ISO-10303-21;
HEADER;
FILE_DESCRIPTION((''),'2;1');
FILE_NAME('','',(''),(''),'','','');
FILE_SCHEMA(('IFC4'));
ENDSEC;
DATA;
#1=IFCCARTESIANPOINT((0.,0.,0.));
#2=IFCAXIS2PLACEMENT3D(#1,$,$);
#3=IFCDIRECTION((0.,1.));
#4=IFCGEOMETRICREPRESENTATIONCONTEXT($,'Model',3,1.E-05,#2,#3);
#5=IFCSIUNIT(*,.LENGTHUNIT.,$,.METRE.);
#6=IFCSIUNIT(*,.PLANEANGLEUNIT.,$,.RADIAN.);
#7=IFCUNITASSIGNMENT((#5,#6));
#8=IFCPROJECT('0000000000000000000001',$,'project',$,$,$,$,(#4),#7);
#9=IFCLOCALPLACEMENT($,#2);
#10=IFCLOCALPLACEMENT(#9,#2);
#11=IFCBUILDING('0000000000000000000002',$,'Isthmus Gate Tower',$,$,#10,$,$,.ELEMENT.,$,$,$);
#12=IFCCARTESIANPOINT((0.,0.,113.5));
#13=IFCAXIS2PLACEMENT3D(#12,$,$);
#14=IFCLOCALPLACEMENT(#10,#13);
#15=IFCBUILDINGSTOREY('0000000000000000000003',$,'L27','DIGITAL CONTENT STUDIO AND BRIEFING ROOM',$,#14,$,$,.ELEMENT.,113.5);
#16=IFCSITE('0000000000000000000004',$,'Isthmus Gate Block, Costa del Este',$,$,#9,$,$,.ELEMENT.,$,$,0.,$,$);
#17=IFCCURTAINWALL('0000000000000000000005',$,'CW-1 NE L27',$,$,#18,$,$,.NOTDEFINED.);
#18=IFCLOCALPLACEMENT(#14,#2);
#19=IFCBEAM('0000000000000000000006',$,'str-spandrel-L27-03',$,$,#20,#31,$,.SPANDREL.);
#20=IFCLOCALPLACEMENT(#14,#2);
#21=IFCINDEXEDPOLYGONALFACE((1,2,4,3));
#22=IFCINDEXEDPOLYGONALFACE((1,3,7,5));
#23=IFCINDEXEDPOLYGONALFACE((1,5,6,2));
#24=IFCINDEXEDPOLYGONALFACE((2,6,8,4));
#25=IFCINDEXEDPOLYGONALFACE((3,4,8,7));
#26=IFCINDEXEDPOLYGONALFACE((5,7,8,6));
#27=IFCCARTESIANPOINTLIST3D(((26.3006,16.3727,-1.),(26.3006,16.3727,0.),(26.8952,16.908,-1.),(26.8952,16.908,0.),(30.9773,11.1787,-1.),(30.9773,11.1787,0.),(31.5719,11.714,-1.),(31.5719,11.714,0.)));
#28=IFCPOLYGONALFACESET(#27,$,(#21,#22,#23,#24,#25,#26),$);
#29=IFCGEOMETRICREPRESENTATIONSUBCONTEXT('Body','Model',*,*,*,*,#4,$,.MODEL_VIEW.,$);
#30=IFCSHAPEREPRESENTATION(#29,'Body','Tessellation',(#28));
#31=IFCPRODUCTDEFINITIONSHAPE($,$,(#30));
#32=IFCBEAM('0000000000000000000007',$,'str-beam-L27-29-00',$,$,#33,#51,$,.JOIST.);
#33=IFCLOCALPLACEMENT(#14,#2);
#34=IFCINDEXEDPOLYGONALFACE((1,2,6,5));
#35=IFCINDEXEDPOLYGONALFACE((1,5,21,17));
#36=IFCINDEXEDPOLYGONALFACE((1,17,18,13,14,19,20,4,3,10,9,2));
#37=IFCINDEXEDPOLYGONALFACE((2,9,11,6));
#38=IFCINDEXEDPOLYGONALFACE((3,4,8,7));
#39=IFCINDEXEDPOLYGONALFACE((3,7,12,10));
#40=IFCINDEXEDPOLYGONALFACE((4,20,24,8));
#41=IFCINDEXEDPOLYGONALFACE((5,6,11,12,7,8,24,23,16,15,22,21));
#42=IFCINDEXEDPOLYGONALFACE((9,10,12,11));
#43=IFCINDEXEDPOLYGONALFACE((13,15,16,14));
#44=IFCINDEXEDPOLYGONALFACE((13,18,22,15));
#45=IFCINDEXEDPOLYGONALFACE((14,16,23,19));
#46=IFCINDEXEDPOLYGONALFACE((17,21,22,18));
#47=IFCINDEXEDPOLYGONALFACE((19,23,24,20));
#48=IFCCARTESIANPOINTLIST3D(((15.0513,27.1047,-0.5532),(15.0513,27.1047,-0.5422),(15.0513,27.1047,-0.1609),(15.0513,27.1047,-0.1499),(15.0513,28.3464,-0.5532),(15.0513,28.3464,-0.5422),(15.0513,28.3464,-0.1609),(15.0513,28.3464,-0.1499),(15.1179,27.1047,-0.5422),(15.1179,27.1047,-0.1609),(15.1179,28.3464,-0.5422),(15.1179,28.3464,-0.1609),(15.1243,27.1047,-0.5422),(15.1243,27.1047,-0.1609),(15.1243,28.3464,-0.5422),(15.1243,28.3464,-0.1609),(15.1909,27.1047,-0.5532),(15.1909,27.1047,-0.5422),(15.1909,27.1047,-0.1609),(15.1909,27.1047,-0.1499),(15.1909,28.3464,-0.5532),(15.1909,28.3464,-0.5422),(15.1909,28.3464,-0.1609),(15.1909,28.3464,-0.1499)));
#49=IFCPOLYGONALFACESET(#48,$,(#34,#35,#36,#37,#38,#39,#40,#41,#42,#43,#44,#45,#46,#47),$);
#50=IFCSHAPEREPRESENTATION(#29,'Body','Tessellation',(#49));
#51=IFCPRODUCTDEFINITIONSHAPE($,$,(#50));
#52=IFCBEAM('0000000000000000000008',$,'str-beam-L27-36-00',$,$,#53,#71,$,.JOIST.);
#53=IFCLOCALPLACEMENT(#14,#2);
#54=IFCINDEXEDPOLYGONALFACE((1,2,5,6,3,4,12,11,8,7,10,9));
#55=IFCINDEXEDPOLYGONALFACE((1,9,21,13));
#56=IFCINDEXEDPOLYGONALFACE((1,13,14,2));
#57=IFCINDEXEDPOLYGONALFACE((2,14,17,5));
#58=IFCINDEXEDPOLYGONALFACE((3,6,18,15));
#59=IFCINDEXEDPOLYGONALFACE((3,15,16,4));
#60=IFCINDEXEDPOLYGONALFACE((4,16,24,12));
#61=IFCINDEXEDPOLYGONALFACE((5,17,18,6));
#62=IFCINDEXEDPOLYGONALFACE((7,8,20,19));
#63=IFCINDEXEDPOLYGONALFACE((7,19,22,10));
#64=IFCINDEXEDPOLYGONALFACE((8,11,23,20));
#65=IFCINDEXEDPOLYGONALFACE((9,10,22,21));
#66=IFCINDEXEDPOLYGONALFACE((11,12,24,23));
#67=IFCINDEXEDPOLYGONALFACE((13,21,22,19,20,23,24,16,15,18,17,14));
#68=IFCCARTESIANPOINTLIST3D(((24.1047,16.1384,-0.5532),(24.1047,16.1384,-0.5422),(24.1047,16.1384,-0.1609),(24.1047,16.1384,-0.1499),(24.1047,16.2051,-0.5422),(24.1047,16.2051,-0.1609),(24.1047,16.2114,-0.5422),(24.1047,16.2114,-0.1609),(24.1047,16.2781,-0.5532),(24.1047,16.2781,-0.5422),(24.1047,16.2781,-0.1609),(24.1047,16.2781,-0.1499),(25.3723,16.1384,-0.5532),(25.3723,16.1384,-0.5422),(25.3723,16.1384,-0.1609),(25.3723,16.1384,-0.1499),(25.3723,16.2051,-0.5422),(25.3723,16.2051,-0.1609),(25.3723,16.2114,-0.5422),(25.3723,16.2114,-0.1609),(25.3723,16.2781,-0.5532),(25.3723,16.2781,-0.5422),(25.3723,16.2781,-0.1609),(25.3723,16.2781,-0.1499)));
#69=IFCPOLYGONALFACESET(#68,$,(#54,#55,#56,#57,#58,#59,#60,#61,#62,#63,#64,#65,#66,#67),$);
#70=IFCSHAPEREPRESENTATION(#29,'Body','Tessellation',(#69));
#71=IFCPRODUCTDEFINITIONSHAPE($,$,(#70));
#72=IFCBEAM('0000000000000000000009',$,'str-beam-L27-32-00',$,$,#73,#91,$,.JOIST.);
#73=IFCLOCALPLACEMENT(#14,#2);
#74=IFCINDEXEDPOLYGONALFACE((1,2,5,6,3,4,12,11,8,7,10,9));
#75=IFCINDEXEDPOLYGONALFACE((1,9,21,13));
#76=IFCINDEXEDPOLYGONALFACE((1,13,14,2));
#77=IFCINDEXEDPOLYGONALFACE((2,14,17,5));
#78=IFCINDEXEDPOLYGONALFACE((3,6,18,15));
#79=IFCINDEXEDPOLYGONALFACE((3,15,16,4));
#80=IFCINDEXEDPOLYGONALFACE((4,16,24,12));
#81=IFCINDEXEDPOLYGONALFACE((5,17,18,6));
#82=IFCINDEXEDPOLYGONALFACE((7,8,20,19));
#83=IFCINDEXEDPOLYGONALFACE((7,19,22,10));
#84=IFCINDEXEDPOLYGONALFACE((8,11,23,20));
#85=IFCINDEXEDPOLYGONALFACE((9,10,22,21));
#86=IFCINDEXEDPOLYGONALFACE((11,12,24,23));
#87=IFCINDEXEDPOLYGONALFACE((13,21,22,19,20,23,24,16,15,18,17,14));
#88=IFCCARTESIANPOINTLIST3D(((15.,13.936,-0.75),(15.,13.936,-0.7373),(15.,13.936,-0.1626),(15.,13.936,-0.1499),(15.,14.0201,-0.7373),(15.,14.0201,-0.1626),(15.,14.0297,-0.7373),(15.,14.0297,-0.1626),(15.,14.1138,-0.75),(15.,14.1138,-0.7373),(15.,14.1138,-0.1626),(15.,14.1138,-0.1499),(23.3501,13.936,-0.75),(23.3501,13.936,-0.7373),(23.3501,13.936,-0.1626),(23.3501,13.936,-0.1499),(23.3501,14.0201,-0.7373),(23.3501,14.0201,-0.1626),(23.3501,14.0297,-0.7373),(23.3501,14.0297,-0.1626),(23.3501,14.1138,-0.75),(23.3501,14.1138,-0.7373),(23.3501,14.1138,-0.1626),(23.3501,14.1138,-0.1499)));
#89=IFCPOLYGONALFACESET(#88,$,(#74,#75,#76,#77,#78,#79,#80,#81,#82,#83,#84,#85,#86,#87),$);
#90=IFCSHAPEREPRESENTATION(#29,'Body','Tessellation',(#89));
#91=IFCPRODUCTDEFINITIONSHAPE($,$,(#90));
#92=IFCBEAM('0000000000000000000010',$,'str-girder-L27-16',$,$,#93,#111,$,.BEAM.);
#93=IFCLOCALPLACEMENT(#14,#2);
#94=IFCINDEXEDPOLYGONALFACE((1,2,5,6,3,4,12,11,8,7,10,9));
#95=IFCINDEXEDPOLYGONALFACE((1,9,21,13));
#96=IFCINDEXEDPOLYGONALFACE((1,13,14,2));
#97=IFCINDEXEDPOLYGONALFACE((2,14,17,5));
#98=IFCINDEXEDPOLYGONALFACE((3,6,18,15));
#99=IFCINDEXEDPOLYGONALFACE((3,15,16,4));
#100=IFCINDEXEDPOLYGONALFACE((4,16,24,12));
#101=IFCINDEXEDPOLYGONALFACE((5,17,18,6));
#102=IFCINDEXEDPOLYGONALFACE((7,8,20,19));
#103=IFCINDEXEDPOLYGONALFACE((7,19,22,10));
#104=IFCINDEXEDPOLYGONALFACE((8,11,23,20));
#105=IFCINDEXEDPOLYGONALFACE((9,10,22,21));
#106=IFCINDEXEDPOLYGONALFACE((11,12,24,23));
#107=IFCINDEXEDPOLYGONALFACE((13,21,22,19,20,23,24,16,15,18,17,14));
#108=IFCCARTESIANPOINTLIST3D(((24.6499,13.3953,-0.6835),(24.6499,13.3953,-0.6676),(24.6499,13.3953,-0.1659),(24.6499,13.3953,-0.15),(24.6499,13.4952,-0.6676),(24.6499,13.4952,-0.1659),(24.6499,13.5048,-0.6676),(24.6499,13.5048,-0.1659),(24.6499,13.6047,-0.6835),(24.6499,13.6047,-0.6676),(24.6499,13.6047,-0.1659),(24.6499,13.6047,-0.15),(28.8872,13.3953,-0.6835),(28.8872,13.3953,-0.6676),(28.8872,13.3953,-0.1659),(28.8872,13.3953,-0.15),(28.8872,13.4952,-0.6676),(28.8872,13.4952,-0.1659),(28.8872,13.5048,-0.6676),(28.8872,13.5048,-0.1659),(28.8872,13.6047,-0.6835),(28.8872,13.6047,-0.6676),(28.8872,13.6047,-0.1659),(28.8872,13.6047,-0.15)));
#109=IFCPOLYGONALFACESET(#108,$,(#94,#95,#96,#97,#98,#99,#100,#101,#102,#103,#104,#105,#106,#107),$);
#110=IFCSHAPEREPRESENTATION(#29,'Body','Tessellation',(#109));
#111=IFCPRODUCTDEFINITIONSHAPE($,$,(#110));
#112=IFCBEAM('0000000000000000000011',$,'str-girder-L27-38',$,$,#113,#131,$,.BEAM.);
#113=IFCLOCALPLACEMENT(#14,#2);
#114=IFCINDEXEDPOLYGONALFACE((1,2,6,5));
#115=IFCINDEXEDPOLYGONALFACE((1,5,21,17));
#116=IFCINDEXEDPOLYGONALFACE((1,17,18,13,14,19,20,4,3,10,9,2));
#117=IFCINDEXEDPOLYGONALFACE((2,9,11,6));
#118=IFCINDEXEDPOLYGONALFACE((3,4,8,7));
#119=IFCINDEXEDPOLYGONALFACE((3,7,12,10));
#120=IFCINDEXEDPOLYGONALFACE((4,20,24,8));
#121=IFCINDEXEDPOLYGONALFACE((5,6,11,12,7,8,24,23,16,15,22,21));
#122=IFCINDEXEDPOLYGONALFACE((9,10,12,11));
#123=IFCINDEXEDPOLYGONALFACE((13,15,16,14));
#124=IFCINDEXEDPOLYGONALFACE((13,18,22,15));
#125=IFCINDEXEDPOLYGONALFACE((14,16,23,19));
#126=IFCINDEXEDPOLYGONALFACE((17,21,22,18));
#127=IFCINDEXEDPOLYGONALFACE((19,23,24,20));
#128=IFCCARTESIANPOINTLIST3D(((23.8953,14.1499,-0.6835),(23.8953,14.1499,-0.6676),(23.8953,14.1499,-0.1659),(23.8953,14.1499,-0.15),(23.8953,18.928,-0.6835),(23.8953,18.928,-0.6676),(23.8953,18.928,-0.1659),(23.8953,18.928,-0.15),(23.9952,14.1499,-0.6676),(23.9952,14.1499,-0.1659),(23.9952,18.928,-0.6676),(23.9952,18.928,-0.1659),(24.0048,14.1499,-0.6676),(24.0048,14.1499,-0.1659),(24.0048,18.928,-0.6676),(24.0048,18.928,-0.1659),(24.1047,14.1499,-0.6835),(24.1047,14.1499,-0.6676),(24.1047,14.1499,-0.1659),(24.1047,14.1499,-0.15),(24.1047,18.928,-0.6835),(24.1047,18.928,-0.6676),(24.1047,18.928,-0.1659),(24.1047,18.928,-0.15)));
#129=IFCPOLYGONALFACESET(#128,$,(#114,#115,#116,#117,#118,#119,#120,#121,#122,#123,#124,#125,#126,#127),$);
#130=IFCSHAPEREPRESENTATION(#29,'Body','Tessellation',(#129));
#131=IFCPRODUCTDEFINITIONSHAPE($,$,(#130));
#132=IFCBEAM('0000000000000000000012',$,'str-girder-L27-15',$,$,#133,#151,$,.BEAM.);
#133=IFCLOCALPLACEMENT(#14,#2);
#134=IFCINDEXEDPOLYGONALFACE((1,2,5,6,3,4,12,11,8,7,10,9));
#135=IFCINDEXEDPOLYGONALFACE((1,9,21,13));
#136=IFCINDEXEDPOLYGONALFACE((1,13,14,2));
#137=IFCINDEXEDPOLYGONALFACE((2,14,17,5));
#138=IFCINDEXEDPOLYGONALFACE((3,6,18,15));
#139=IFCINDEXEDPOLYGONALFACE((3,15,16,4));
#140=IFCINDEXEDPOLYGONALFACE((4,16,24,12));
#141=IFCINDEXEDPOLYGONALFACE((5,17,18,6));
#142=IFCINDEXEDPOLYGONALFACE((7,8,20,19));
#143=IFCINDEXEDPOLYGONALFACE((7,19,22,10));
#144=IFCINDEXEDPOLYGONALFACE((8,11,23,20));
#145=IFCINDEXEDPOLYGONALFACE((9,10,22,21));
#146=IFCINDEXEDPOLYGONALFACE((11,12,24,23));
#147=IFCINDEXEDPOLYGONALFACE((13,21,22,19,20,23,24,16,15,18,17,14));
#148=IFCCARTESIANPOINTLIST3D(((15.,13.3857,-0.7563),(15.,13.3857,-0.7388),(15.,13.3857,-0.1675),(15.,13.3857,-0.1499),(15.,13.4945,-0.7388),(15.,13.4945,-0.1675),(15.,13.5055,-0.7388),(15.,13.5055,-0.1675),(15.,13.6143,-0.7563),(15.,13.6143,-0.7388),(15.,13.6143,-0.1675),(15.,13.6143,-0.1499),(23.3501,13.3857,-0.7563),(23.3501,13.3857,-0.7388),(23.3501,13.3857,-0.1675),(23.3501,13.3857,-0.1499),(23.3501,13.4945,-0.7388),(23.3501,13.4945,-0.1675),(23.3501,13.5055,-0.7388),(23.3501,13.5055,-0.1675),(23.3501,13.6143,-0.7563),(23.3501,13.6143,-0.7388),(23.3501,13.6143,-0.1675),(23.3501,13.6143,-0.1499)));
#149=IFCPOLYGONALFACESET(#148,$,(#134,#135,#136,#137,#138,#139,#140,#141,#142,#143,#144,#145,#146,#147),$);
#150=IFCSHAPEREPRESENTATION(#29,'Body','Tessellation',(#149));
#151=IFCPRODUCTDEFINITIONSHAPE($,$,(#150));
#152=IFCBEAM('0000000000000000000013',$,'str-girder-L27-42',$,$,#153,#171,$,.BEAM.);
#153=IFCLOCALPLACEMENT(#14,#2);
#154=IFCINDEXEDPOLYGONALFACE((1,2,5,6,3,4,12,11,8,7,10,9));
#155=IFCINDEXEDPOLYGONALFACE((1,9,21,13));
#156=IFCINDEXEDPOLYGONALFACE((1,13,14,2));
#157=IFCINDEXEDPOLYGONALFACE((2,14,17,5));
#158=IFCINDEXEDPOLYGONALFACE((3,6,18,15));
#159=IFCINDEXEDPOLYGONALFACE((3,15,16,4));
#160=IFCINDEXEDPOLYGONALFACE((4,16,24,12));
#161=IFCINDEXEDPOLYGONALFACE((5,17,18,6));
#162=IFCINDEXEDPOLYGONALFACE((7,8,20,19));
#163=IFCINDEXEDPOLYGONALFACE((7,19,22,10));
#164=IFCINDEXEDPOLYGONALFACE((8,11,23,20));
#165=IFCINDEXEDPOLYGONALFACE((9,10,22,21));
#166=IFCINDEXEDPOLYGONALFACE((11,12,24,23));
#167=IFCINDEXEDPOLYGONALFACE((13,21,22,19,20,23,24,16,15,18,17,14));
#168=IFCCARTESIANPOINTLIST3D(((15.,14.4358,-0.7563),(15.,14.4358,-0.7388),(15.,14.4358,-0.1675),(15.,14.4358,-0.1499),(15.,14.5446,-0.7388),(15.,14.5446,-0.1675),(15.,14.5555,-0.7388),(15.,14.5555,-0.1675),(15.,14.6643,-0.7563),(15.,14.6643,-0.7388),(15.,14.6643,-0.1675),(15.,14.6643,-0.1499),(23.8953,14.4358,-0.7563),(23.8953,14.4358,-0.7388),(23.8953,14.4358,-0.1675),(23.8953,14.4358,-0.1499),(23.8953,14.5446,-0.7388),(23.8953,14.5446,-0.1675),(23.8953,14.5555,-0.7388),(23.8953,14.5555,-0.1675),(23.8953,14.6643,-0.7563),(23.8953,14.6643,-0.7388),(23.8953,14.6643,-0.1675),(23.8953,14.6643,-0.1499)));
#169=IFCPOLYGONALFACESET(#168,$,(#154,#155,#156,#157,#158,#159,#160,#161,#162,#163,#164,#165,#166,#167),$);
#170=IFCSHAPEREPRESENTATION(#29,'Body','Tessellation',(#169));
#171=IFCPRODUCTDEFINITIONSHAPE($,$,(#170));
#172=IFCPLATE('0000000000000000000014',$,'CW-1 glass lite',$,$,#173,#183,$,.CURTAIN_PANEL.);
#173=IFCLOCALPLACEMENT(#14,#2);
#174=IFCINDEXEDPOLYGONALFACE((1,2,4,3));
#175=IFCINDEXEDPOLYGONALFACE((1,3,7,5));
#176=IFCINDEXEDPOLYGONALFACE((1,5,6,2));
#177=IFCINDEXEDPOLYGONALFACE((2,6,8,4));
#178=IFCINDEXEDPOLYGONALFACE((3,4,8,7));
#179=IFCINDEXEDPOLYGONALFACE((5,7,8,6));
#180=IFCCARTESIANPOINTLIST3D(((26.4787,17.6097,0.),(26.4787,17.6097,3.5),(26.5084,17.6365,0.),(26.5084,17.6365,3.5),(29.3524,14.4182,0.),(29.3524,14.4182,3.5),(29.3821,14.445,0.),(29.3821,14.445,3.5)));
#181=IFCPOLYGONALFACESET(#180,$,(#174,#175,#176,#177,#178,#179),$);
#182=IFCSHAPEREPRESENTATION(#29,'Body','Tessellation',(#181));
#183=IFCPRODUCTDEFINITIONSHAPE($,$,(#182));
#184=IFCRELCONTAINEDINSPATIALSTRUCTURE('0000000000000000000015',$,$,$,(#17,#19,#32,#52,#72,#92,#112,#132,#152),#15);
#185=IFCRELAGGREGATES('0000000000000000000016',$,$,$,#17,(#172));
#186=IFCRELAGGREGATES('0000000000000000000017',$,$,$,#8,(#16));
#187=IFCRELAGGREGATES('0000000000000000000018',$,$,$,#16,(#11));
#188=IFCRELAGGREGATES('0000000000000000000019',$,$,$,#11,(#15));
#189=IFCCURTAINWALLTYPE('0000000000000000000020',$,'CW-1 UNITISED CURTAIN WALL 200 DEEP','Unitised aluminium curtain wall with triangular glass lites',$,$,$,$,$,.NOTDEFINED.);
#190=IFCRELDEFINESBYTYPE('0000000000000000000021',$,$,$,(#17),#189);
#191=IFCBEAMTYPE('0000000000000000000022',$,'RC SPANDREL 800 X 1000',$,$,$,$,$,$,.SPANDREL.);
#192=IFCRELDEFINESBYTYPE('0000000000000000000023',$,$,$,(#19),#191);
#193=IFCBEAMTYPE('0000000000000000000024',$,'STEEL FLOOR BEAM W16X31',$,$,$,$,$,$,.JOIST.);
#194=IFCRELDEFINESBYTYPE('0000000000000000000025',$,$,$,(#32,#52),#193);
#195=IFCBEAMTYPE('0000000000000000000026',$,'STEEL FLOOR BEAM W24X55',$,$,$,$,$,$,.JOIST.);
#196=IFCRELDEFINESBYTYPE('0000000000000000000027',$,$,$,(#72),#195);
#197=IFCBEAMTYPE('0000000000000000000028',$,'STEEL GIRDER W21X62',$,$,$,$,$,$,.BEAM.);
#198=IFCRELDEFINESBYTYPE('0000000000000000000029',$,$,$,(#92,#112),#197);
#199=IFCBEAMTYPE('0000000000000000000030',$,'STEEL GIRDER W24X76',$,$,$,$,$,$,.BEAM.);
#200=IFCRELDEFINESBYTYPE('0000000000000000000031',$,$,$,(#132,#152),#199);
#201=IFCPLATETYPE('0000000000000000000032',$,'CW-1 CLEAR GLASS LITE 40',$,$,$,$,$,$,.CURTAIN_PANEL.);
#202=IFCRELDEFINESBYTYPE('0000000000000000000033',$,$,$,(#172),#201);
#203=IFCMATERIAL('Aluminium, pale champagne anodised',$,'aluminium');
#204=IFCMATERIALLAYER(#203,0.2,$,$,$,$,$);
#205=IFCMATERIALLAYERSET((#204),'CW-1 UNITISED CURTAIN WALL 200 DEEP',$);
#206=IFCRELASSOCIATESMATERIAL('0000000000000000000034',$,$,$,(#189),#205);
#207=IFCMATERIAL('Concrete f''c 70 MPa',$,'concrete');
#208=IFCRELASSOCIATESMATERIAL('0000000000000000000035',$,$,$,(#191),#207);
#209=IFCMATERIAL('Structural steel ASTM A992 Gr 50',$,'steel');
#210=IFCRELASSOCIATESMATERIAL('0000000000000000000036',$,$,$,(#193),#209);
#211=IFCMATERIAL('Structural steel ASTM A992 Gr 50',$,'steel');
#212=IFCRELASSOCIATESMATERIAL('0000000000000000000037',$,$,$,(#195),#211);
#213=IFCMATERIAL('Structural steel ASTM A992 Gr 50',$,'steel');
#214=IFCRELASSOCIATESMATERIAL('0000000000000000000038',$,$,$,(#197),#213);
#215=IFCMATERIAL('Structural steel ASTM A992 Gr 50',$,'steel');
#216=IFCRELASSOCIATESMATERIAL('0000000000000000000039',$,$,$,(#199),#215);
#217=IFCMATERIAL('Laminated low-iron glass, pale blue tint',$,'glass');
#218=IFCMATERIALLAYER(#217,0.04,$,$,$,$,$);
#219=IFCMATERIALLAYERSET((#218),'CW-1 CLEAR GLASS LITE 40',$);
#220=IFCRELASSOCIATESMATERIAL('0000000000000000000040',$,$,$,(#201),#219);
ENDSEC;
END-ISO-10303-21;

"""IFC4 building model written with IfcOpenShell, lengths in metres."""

from ifc_helpers import new_model, si_unit, direction, frame, origin, origin_2d, place, context, subcontext, project, spatial, rectangle, i_section, extrude, material, layer, layer_set, material_profile, profile_set, type_object, element, aggregate, save


model = new_model("IFC4")

# Units and contexts
model_context = context("Model", 3, precision=1e-05, world=origin(), true_north=direction((0.0, 1.0)))
body_context = subcontext(model_context, "Body", "Model", "MODEL_VIEW")
ifc_project = project(units=[si_unit("LENGTHUNIT", "METRE"), si_unit("PLANEANGLEUNIT", "RADIAN")], contexts=[model_context])

# Site, building, storey
site_placement = place(None, origin())
site = spatial("IfcSite", under=ifc_project, at=site_placement, Name="Isthmus Gate Block, Costa del Este", CompositionType="ELEMENT", RefElevation=0.0)
building_placement = place(site_placement, origin())
building = spatial("IfcBuilding", under=site, at=building_placement, Name="Isthmus Gate Tower", CompositionType="ELEMENT")
storey_placement = place(building_placement, frame((0.0, 0.0, 113.5)))
storey = spatial("IfcBuildingStorey", under=building, at=storey_placement, Name="L27", Description="DIGITAL CONTENT STUDIO AND BRIEFING ROOM", CompositionType="ELEMENT", Elevation=113.5)

# Curtain wall
ifc_material_1 = material(Name="Aluminium, pale champagne anodised", Category="aluminium")
ifc_layer_1 = layer(ifc_material_1, 0.2)
ifc_layer_set_1 = layer_set([ifc_layer_1], Name="CW-1 UNITISED CURTAIN WALL 200 DEEP")
curtain_wall_type = type_object("IfcCurtainWallType", Name="CW-1 UNITISED CURTAIN WALL 200 DEEP", Description="Unitised aluminium curtain wall with triangular glass lites", PredefinedType="NOTDEFINED", material=ifc_layer_set_1)
curtain_wall_placement = place(storey_placement, origin())
curtain_wall = element("IfcCurtainWall", 1, at=curtain_wall_placement, inside=storey, type_object=curtain_wall_type, Name="CW-1 NE L27", PredefinedType="NOTDEFINED")

# Beams
ifc_material_2 = material(Name="Concrete f'c 70 MPa", Category="concrete")
ifc_material_profile_1 = material_profile(ifc_material_2, rectangle(XDim=0.8, YDim=1.0, at=origin_2d()), Name="RC 800X1000")
ifc_profile_set_1 = profile_set([ifc_material_profile_1], Name="Concrete f'c 70 MPa")
beam_type_1 = type_object("IfcBeamType", Name="RC SPANDREL 800 X 1000", PredefinedType="SPANDREL", material=ifc_profile_set_1)
for number, where, z_axis, x_axis, name in (
    (2, (26.5979, 16.6404, -0.5), (0.669129, -0.743146, 0.0), (0.743146, 0.669129, 0.0), "str-spandrel-L27-03"),
):
    element("IfcBeam", number, at=place(storey_placement, frame(where, z_axis=z_axis, x_axis=x_axis)), inside=storey, type_object=beam_type_1, Name=name, PredefinedType="SPANDREL", context=body_context, shape_type="SweptSolid", body=[
        extrude(rectangle(XDim=0.8, YDim=1.0, at=origin_2d()), origin(), (0.0, 0.0, 1.0), 6.9893),
    ])
ifc_material_3 = material(Name="Structural steel ASTM A992 Gr 50", Category="steel")
ifc_material_profile_2 = material_profile(ifc_material_3, i_section(OverallWidth=0.1396, OverallDepth=0.4033, WebThickness=0.0063, FlangeThickness=0.011, at=origin_2d()), Name="W16X31")
ifc_profile_set_2 = profile_set([ifc_material_profile_2], Name="Structural steel ASTM A992 Gr 50")
beam_type_2 = type_object("IfcBeamType", Name="STEEL FLOOR BEAM W16X31", PredefinedType="JOIST", material=ifc_profile_set_2)
beam_1_placement = place(storey_placement, frame((15.1211, 27.1047, -0.3516), z_axis=(0.0, 1.0, 0.0), x_axis=(-1.0, 0.0, 0.0)))
element("IfcBeam", 3, at=beam_1_placement, inside=storey, type_object=beam_type_2, Name="str-beam-L27-29-00", PredefinedType="JOIST", context=body_context, shape_type="SweptSolid", body=[
    extrude(i_section(OverallWidth=0.1396, OverallDepth=0.4033, WebThickness=0.0063, FlangeThickness=0.011, at=origin_2d()), origin(), (0.0, 0.0, 1.0), 1.2417),
])
beam_2_placement = place(storey_placement, frame((24.1047, 16.2083, -0.3516), z_axis=(1.0, 0.0, 0.0), x_axis=(0.0, 1.0, 0.0)))
element("IfcBeam", 4, at=beam_2_placement, inside=storey, type_object=beam_type_2, Name="str-beam-L27-36-00", PredefinedType="JOIST", context=body_context, shape_type="SweptSolid", body=[
    extrude(i_section(OverallWidth=0.1396, OverallDepth=0.4033, WebThickness=0.0063, FlangeThickness=0.011, at=origin_2d()), origin(), (0.0, 0.0, 1.0), 1.2676),
])
ifc_material_4 = material(Name="Structural steel ASTM A992 Gr 50", Category="steel")
ifc_material_profile_3 = material_profile(ifc_material_4, i_section(OverallWidth=0.1777, OverallDepth=0.6001, WebThickness=0.0095, FlangeThickness=0.0127, at=origin_2d()), Name="W24X55")
ifc_profile_set_3 = profile_set([ifc_material_profile_3], Name="Structural steel ASTM A992 Gr 50")
beam_type_3 = type_object("IfcBeamType", Name="STEEL FLOOR BEAM W24X55", PredefinedType="JOIST", material=ifc_profile_set_3)
beam_3_placement = place(storey_placement, frame((15.0, 14.0249, -0.45), z_axis=(1.0, 0.0, 0.0), x_axis=(0.0, 1.0, 0.0)))
element("IfcBeam", 5, at=beam_3_placement, inside=storey, type_object=beam_type_3, Name="str-beam-L27-32-00", PredefinedType="JOIST", context=body_context, shape_type="SweptSolid", body=[
    extrude(i_section(OverallWidth=0.1777, OverallDepth=0.6001, WebThickness=0.0095, FlangeThickness=0.0127, at=origin_2d()), origin(), (0.0, 0.0, 1.0), 8.3501),
])
ifc_material_5 = material(Name="Structural steel ASTM A992 Gr 50", Category="steel")
ifc_material_profile_4 = material_profile(ifc_material_5, i_section(OverallWidth=0.2095, OverallDepth=0.5334, WebThickness=0.0095, FlangeThickness=0.0159, at=origin_2d()), Name="W21X62")
ifc_profile_set_4 = profile_set([ifc_material_profile_4], Name="Structural steel ASTM A992 Gr 50")
beam_type_4 = type_object("IfcBeamType", Name="STEEL GIRDER W21X62", PredefinedType="BEAM", material=ifc_profile_set_4)
beam_4_placement = place(storey_placement, frame((24.6499, 13.5, -0.4167), z_axis=(1.0, 0.0, 0.0), x_axis=(0.0, 1.0, 0.0)))
element("IfcBeam", 6, at=beam_4_placement, inside=storey, type_object=beam_type_4, Name="str-girder-L27-16", PredefinedType="BEAM", context=body_context, shape_type="SweptSolid", body=[
    extrude(i_section(OverallWidth=0.2095, OverallDepth=0.5334, WebThickness=0.0095, FlangeThickness=0.0159, at=origin_2d()), origin(), (0.0, 0.0, 1.0), 4.2373),
])
beam_5_placement = place(storey_placement, frame((24.0, 14.1499, -0.4167), z_axis=(0.0, 1.0, 0.0), x_axis=(-1.0, 0.0, 0.0)))
element("IfcBeam", 7, at=beam_5_placement, inside=storey, type_object=beam_type_4, Name="str-girder-L27-38", PredefinedType="BEAM", context=body_context, shape_type="SweptSolid", body=[
    extrude(i_section(OverallWidth=0.2095, OverallDepth=0.5334, WebThickness=0.0095, FlangeThickness=0.0159, at=origin_2d()), origin(), (0.0, 0.0, 1.0), 4.7781),
])
ifc_material_6 = material(Name="Structural steel ASTM A992 Gr 50", Category="steel")
ifc_material_profile_5 = material_profile(ifc_material_6, i_section(OverallWidth=0.2285, OverallDepth=0.6064, WebThickness=0.011, FlangeThickness=0.0176, at=origin_2d()), Name="W24X76")
ifc_profile_set_5 = profile_set([ifc_material_profile_5], Name="Structural steel ASTM A992 Gr 50")
beam_type_5 = type_object("IfcBeamType", Name="STEEL GIRDER W24X76", PredefinedType="BEAM", material=ifc_profile_set_5)
beam_6_placement = place(storey_placement, frame((15.0, 13.5, -0.4531), z_axis=(1.0, 0.0, 0.0), x_axis=(0.0, 1.0, 0.0)))
element("IfcBeam", 8, at=beam_6_placement, inside=storey, type_object=beam_type_5, Name="str-girder-L27-15", PredefinedType="BEAM", context=body_context, shape_type="SweptSolid", body=[
    extrude(i_section(OverallWidth=0.2285, OverallDepth=0.6064, WebThickness=0.011, FlangeThickness=0.0176, at=origin_2d()), origin(), (0.0, 0.0, 1.0), 8.3501),
])
beam_7_placement = place(storey_placement, frame((15.0, 14.55, -0.4531), z_axis=(1.0, 0.0, 0.0), x_axis=(0.0, 1.0, 0.0)))
element("IfcBeam", 9, at=beam_7_placement, inside=storey, type_object=beam_type_5, Name="str-girder-L27-42", PredefinedType="BEAM", context=body_context, shape_type="SweptSolid", body=[
    extrude(i_section(OverallWidth=0.2285, OverallDepth=0.6064, WebThickness=0.011, FlangeThickness=0.0176, at=origin_2d()), origin(), (0.0, 0.0, 1.0), 8.8953),
])

# Plate
ifc_material_7 = material(Name="Laminated low-iron glass, pale blue tint", Category="glass")
ifc_layer_2 = layer(ifc_material_7, 0.04)
ifc_layer_set_2 = layer_set([ifc_layer_2], Name="CW-1 CLEAR GLASS LITE 40")
plate_type = type_object("IfcPlateType", Name="CW-1 CLEAR GLASS LITE 40", PredefinedType="CURTAIN_PANEL", material=ifc_layer_set_2)
plate_1_placement = place(storey_placement, frame((27.9304, 16.0273, 0.0), z_axis=(0.0, 0.0, 1.0), x_axis=(-0.669131, 0.743145, 0.0)))
plate_1 = element("IfcPlate", 10, at=plate_1_placement, type_object=plate_type, Name="CW-1 glass lite", PredefinedType="CURTAIN_PANEL", context=body_context, shape_type="SweptSolid", body=[
    extrude(rectangle(XDim=4.2947, YDim=0.04, at=origin_2d()), origin(), (0.0, 0.0, 1.0), 3.5),
])

aggregate(curtain_wall, [plate_1])

save(model, "model.ifc")
